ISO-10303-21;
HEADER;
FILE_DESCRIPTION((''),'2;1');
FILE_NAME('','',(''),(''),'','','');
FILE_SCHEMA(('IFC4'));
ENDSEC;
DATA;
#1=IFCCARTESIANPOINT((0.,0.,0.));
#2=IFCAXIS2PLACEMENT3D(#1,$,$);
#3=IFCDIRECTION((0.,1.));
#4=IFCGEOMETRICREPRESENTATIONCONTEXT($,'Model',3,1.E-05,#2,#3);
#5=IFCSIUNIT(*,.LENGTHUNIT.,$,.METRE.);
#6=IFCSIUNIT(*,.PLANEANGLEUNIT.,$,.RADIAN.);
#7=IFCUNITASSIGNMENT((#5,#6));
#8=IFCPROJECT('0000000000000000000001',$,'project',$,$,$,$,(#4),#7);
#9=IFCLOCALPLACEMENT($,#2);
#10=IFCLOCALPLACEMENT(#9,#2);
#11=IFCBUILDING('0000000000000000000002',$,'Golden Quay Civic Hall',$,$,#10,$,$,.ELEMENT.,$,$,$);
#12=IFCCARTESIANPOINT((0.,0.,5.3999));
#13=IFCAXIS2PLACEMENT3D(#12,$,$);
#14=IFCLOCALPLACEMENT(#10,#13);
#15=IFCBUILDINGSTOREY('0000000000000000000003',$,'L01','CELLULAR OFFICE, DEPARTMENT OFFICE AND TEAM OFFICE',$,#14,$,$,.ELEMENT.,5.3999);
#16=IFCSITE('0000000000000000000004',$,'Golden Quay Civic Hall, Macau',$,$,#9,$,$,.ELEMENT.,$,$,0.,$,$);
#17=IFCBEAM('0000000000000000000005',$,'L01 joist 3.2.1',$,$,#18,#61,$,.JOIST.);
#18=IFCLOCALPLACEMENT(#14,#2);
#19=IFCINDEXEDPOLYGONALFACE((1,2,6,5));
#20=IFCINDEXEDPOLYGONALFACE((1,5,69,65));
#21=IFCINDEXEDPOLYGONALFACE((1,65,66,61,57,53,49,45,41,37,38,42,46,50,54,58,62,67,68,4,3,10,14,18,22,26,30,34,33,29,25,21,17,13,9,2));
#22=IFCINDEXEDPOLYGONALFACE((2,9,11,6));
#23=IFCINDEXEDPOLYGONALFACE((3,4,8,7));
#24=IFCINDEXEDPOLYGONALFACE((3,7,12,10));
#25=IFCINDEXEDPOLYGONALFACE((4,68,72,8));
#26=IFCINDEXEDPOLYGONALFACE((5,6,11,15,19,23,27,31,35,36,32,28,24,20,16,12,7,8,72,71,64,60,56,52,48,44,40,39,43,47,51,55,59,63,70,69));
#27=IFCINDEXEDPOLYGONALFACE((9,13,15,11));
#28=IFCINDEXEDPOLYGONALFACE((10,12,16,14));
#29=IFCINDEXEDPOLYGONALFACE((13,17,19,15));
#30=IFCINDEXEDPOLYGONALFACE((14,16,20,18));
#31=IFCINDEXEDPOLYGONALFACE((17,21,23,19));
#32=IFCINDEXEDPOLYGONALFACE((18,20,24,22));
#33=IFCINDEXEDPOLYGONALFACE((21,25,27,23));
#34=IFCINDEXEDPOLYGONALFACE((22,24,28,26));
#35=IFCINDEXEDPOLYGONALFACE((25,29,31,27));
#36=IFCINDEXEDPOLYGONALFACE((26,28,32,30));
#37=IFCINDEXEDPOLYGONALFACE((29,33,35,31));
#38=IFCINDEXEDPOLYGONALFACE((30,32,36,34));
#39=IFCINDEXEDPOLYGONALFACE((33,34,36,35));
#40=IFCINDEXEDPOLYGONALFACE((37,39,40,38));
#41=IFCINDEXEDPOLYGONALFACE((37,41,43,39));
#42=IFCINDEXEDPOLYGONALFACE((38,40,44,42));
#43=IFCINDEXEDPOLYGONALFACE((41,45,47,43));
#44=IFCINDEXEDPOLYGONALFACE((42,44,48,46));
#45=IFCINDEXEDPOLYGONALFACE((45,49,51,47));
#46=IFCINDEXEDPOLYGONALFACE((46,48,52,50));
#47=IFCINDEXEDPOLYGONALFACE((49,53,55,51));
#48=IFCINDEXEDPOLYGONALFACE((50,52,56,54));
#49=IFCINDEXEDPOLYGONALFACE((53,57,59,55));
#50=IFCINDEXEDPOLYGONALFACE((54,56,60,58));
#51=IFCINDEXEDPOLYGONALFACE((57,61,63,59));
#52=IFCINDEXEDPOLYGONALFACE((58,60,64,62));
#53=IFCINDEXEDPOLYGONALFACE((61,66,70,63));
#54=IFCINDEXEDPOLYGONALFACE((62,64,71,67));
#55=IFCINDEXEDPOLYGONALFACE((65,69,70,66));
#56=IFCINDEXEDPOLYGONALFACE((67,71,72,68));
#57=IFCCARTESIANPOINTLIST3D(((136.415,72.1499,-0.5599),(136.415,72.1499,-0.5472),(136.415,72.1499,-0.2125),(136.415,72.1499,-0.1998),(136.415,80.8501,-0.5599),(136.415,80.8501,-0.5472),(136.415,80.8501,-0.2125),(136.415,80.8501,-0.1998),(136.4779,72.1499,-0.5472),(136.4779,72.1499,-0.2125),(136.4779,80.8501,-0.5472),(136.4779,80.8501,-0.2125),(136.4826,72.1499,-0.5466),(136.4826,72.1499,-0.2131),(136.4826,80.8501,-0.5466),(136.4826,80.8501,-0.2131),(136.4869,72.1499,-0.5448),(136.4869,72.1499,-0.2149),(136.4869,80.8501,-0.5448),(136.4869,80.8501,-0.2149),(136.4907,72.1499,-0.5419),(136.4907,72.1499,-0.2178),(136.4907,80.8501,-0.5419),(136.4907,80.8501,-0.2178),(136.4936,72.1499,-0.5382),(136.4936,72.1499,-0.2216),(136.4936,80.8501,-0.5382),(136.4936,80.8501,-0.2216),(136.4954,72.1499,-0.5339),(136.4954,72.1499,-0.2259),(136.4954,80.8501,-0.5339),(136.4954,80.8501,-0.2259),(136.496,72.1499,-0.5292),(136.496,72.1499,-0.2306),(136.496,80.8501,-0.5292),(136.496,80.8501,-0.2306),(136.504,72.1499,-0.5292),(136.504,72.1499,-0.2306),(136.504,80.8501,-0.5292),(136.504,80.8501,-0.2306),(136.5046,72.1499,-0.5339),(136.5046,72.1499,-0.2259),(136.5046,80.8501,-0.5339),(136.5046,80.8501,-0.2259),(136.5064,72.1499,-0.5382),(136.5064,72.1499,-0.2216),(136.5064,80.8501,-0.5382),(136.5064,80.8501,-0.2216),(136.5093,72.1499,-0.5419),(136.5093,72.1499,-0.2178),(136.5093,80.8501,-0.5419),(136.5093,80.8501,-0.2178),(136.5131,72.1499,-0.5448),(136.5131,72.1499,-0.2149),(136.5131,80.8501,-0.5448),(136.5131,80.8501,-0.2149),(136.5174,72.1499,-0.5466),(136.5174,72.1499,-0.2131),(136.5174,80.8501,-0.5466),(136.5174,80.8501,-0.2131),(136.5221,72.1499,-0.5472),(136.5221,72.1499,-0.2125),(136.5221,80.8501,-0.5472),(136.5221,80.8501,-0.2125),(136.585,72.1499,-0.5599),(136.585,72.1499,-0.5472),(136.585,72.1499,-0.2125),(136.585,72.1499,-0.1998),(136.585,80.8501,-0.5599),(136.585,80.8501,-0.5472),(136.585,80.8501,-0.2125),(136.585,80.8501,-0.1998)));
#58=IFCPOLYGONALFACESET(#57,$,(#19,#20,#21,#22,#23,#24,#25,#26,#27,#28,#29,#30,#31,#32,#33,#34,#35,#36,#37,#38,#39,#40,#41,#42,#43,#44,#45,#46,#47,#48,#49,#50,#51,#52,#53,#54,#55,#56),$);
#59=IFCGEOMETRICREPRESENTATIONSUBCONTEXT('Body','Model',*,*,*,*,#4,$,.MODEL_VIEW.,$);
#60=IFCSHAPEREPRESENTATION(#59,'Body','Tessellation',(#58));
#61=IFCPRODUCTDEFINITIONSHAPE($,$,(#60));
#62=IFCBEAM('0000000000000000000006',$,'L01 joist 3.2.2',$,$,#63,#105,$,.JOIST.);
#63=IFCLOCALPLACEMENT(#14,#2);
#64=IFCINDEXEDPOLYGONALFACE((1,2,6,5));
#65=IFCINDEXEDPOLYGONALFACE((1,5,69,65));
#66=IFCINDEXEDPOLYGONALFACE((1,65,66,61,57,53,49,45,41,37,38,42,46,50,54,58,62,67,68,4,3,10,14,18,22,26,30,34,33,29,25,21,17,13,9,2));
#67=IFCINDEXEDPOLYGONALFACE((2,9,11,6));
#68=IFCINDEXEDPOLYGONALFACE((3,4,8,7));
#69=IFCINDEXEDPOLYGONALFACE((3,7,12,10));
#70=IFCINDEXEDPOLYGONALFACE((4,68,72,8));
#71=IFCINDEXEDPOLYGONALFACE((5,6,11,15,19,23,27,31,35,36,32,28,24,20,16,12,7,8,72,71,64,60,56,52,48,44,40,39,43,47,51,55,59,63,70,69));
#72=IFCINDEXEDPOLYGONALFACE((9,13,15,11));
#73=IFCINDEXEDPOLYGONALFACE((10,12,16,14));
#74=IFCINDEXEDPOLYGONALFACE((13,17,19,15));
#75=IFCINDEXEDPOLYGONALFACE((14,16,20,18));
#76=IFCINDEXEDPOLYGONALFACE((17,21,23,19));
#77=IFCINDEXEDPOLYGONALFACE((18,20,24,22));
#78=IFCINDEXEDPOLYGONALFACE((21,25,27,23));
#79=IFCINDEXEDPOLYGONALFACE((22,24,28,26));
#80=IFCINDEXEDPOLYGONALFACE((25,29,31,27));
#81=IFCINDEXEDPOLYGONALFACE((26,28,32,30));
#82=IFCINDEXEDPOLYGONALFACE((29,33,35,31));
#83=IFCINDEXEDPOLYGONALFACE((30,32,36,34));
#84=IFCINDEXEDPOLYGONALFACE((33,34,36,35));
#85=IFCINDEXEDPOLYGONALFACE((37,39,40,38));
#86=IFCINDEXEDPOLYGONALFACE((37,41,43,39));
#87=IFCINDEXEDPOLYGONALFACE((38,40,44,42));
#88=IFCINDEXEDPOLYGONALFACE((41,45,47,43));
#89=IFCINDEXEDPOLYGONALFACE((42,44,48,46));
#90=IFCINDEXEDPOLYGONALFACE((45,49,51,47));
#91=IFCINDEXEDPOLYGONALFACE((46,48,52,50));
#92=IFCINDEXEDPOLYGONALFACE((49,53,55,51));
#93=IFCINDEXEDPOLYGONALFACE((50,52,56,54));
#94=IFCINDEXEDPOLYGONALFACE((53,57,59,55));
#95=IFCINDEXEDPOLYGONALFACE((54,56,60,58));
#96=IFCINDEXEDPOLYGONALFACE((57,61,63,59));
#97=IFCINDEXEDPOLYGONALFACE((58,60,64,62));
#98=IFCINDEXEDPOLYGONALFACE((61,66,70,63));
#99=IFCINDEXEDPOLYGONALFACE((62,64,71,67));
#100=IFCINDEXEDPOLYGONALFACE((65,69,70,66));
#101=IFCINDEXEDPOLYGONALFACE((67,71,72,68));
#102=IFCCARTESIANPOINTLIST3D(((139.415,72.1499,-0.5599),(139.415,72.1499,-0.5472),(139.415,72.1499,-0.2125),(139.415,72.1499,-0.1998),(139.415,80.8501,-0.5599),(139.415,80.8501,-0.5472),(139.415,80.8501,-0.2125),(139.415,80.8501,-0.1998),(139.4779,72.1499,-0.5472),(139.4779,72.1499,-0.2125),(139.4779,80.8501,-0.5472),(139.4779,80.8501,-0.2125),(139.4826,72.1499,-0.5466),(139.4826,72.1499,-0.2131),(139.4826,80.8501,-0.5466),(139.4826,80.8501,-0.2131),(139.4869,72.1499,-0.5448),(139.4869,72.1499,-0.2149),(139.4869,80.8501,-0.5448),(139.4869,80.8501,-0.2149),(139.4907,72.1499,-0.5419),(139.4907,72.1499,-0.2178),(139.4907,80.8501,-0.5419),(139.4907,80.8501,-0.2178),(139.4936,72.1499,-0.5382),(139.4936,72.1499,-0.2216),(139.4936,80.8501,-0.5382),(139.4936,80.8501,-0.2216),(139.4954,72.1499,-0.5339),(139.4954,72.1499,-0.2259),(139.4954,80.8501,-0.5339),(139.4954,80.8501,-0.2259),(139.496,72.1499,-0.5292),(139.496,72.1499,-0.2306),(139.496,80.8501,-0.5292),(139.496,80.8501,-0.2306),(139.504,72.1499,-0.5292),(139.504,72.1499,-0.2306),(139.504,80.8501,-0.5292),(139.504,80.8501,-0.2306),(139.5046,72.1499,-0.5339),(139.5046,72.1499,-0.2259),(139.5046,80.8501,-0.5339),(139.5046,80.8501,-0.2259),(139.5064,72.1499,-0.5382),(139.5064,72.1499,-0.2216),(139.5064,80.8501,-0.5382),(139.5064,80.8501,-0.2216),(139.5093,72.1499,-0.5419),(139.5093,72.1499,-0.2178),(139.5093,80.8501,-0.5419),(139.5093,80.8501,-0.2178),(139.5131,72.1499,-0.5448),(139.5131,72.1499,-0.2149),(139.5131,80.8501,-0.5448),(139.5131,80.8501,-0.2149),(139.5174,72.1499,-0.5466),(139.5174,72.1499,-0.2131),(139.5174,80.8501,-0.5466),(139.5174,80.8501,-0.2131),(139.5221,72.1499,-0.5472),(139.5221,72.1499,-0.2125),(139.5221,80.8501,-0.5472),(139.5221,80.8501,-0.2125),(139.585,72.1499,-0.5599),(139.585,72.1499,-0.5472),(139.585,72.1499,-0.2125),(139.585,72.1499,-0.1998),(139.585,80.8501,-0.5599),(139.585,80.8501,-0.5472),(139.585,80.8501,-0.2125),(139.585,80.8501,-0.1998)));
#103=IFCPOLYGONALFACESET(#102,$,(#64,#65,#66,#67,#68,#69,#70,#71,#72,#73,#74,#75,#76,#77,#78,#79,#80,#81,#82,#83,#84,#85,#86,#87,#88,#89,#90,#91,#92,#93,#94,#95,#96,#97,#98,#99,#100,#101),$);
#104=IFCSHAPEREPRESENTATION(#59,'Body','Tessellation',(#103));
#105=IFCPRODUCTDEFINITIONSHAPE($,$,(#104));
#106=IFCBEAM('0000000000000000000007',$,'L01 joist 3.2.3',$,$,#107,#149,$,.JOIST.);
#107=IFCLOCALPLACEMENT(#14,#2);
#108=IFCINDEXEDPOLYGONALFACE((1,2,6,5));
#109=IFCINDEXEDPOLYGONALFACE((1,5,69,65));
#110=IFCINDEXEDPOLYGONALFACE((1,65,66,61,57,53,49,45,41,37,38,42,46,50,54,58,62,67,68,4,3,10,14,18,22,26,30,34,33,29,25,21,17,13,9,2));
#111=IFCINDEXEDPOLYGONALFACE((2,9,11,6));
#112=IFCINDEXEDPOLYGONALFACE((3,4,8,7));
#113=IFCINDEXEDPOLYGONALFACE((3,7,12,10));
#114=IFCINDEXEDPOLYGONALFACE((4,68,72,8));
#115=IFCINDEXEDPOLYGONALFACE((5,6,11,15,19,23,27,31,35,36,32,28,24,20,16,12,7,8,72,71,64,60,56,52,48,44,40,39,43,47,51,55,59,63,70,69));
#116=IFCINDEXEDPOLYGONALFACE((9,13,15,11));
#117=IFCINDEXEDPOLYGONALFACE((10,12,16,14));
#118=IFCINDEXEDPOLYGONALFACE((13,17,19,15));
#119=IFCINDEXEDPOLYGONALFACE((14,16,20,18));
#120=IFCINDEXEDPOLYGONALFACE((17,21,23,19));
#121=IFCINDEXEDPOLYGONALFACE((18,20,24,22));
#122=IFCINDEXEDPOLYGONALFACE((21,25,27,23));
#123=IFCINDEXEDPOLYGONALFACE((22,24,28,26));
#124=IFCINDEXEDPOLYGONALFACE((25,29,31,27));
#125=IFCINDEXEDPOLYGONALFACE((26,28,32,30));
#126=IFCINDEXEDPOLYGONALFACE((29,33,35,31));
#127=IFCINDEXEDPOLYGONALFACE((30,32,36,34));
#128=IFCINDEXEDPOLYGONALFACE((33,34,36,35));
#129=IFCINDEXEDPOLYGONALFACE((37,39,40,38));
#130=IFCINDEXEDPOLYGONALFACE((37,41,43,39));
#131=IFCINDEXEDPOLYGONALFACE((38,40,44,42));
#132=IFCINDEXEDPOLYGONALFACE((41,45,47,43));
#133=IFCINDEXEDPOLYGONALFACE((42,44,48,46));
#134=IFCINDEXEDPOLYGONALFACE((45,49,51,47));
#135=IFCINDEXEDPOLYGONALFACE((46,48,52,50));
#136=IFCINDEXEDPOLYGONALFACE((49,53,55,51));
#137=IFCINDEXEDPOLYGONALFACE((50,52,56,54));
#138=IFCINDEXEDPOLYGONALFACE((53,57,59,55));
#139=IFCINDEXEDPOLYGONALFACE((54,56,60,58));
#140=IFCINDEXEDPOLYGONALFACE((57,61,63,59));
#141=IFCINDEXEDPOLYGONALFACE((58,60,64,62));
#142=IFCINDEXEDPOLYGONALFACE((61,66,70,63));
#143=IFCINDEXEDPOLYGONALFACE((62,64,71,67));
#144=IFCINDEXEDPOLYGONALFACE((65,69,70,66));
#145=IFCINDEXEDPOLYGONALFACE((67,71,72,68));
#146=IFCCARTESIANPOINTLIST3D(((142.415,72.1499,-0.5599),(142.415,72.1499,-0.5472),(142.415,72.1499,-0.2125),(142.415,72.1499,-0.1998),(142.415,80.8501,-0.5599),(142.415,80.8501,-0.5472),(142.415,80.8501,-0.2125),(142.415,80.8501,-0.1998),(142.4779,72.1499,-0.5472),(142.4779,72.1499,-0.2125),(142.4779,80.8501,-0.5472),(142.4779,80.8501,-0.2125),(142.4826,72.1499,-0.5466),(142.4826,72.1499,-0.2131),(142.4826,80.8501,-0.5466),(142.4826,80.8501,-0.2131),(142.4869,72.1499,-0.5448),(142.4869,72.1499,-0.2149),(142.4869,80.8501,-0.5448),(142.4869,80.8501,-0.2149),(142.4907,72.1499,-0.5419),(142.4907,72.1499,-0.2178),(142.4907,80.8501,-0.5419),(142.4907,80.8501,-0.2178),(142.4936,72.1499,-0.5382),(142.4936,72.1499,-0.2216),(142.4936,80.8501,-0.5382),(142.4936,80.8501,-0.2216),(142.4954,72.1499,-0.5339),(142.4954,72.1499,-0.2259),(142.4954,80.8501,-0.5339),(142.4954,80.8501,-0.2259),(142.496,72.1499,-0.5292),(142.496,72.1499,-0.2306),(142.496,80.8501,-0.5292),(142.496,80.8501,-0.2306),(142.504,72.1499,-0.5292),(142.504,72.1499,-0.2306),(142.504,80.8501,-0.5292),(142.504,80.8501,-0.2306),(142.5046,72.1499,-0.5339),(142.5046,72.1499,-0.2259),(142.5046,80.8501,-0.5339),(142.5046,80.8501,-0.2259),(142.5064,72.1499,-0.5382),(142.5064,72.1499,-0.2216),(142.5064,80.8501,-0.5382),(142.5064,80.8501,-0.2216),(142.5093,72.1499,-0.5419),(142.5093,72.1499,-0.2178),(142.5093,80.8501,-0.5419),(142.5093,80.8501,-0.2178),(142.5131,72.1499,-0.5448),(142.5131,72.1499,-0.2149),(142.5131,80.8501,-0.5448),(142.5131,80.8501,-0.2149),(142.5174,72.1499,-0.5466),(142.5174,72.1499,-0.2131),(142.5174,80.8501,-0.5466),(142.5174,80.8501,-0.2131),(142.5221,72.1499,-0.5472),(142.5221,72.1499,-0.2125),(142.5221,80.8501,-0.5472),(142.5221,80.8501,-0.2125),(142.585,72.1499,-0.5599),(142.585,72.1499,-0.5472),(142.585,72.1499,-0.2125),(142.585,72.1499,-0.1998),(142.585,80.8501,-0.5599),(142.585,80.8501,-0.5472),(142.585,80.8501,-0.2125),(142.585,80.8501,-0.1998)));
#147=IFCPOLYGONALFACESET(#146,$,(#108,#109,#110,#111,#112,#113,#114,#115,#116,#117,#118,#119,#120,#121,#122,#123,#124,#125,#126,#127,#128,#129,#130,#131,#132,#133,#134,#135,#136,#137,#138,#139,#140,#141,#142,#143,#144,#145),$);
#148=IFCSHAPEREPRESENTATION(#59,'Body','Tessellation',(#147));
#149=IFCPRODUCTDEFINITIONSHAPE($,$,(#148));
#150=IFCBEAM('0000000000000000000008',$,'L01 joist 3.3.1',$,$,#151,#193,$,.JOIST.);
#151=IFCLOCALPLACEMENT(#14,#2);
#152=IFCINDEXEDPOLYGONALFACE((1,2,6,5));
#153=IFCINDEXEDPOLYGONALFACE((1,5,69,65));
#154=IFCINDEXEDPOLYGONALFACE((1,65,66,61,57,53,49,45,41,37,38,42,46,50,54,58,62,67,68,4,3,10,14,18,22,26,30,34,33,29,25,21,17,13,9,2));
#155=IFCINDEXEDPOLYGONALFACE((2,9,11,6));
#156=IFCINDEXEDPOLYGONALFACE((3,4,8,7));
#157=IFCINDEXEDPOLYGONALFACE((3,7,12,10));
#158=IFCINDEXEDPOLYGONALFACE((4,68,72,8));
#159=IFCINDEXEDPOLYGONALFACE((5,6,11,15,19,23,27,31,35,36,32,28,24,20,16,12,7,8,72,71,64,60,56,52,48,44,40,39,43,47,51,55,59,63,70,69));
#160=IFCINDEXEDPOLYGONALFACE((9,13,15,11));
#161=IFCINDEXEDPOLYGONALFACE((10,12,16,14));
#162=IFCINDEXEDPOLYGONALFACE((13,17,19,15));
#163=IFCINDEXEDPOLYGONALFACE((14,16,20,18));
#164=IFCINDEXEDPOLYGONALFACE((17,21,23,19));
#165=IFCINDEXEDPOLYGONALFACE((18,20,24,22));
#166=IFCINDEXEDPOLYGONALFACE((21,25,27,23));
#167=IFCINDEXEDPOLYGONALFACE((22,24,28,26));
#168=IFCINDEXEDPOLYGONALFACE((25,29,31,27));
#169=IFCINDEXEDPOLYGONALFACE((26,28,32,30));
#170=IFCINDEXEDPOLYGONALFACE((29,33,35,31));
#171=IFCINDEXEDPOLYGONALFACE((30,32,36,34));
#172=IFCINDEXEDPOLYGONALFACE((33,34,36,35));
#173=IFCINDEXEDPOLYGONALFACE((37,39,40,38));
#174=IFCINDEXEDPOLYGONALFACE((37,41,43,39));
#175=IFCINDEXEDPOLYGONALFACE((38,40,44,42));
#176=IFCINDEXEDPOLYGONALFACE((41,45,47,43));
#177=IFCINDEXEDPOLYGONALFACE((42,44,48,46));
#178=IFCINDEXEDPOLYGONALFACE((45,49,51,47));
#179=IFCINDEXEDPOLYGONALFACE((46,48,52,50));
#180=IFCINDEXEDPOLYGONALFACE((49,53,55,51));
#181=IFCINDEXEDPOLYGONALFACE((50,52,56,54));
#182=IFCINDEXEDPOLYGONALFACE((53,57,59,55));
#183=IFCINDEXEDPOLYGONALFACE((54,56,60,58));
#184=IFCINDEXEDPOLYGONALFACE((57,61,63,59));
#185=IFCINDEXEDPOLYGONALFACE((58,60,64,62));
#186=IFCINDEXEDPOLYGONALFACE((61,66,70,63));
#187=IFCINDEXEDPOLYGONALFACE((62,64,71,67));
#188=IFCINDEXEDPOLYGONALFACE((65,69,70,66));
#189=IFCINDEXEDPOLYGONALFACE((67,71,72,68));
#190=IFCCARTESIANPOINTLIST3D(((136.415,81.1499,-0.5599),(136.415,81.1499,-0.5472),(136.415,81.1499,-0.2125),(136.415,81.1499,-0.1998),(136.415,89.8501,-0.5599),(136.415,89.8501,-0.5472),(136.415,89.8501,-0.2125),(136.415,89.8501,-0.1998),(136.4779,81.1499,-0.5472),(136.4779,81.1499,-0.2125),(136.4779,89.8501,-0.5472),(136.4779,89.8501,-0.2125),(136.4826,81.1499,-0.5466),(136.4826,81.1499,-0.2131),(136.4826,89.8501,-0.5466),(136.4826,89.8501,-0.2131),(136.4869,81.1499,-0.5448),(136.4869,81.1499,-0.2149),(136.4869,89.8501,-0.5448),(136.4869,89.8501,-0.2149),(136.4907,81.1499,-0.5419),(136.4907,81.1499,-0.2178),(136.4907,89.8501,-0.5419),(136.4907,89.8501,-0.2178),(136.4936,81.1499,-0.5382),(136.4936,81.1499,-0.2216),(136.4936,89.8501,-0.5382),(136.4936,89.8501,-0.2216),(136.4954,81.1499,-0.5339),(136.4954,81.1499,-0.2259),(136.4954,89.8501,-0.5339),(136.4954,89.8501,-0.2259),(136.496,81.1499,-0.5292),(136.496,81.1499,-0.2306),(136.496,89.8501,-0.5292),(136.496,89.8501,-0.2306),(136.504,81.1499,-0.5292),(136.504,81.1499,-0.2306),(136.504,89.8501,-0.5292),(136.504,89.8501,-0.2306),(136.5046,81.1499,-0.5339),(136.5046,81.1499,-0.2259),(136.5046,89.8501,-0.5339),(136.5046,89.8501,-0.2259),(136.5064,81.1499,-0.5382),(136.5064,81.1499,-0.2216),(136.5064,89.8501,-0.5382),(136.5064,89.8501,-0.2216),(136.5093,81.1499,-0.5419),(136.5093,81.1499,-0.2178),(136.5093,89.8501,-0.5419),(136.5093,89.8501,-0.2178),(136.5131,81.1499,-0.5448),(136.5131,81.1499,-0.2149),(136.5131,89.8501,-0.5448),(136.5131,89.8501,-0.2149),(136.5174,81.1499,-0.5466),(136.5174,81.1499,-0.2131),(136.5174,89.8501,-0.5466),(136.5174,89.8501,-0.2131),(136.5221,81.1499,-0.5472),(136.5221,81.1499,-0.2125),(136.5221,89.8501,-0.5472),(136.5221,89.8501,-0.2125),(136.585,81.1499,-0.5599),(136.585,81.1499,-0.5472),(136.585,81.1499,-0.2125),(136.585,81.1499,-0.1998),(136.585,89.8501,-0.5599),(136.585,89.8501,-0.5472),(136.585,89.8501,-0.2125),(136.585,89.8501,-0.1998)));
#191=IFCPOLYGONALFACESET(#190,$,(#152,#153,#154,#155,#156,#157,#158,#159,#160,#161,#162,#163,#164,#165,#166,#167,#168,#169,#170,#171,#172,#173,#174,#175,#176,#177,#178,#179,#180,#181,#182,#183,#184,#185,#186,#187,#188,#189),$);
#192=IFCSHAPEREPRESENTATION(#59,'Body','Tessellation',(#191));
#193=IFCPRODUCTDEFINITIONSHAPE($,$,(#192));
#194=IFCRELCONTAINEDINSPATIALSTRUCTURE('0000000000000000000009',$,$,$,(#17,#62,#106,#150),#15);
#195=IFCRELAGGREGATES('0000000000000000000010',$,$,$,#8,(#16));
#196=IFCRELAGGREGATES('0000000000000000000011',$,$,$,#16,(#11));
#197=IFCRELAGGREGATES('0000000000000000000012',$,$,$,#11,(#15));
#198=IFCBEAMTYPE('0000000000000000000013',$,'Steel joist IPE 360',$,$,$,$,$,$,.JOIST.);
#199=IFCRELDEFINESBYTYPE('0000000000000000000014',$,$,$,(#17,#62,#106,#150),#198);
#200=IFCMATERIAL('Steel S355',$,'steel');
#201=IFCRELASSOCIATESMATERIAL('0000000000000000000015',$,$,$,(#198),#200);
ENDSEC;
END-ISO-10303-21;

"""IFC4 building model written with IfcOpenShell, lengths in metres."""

from ifc_helpers import new_model, si_unit, direction, frame, origin, origin_2d, place, context, subcontext, project, spatial, i_section, extrude, material, material_profile, profile_set, type_object, element, save


model = new_model("IFC4")

# Units and contexts
model_context = context("Model", 3, precision=1e-05, world=origin(), true_north=direction((0.0, 1.0)))
body_context = subcontext(model_context, "Body", "Model", "MODEL_VIEW")
ifc_project = project(units=[si_unit("LENGTHUNIT", "METRE"), si_unit("PLANEANGLEUNIT", "RADIAN")], contexts=[model_context])

# Site, building, storey
site_placement = place(None, origin())
site = spatial("IfcSite", under=ifc_project, at=site_placement, Name="Golden Quay Civic Hall, Macau", CompositionType="ELEMENT", RefElevation=0.0)
building_placement = place(site_placement, origin())
building = spatial("IfcBuilding", under=site, at=building_placement, Name="Golden Quay Civic Hall", CompositionType="ELEMENT")
storey_placement = place(building_placement, frame((0.0, 0.0, 5.3999)))
storey = spatial("IfcBuildingStorey", under=building, at=storey_placement, Name="L01", Description="CELLULAR OFFICE, DEPARTMENT OFFICE AND TEAM OFFICE", CompositionType="ELEMENT", Elevation=5.3999)

# Beams
ifc_material_1 = material(Name="Steel S355", Category="steel")
ifc_material_profile_1 = material_profile(ifc_material_1, i_section(OverallWidth=0.1699, OverallDepth=0.3601, WebThickness=0.0081, FlangeThickness=0.0127, FilletRadius=0.0181, at=origin_2d()), Name="IPE 360")
ifc_profile_set_1 = profile_set([ifc_material_profile_1], Name="Steel S355")
beam_type_1 = type_object("IfcBeamType", Name="Steel joist IPE 360", PredefinedType="JOIST", material=ifc_profile_set_1)
for number, where, z_axis, x_axis, name in (
    (1, (136.5, 72.1499, -0.3799), (0.0, 1.0, 0.0), (-1.0, 0.0, 0.0), "L01 joist 3.2.1"),
    (2, (139.5, 72.1499, -0.3799), (0.0, 1.0, 0.0), (-1.0, 0.0, 0.0), "L01 joist 3.2.2"),
    (3, (142.5, 72.1499, -0.3799), (0.0, 1.0, 0.0), (-1.0, 0.0, 0.0), "L01 joist 3.2.3"),
    (4, (136.5, 81.1499, -0.3799), (0.0, 1.0, 0.0), (-1.0, 0.0, 0.0), "L01 joist 3.3.1"),
):
    element("IfcBeam", number, at=place(storey_placement, frame(where, z_axis=z_axis, x_axis=x_axis)), inside=storey, type_object=beam_type_1, Name=name, PredefinedType="JOIST", context=body_context, shape_type="SweptSolid", body=[
        extrude(i_section(OverallWidth=0.1699, OverallDepth=0.3601, WebThickness=0.0081, FlangeThickness=0.0127, FilletRadius=0.0181, at=origin_2d()), origin(), (0.0, 0.0, 1.0), 8.7002),
    ])

save(model, "model.ifc")
